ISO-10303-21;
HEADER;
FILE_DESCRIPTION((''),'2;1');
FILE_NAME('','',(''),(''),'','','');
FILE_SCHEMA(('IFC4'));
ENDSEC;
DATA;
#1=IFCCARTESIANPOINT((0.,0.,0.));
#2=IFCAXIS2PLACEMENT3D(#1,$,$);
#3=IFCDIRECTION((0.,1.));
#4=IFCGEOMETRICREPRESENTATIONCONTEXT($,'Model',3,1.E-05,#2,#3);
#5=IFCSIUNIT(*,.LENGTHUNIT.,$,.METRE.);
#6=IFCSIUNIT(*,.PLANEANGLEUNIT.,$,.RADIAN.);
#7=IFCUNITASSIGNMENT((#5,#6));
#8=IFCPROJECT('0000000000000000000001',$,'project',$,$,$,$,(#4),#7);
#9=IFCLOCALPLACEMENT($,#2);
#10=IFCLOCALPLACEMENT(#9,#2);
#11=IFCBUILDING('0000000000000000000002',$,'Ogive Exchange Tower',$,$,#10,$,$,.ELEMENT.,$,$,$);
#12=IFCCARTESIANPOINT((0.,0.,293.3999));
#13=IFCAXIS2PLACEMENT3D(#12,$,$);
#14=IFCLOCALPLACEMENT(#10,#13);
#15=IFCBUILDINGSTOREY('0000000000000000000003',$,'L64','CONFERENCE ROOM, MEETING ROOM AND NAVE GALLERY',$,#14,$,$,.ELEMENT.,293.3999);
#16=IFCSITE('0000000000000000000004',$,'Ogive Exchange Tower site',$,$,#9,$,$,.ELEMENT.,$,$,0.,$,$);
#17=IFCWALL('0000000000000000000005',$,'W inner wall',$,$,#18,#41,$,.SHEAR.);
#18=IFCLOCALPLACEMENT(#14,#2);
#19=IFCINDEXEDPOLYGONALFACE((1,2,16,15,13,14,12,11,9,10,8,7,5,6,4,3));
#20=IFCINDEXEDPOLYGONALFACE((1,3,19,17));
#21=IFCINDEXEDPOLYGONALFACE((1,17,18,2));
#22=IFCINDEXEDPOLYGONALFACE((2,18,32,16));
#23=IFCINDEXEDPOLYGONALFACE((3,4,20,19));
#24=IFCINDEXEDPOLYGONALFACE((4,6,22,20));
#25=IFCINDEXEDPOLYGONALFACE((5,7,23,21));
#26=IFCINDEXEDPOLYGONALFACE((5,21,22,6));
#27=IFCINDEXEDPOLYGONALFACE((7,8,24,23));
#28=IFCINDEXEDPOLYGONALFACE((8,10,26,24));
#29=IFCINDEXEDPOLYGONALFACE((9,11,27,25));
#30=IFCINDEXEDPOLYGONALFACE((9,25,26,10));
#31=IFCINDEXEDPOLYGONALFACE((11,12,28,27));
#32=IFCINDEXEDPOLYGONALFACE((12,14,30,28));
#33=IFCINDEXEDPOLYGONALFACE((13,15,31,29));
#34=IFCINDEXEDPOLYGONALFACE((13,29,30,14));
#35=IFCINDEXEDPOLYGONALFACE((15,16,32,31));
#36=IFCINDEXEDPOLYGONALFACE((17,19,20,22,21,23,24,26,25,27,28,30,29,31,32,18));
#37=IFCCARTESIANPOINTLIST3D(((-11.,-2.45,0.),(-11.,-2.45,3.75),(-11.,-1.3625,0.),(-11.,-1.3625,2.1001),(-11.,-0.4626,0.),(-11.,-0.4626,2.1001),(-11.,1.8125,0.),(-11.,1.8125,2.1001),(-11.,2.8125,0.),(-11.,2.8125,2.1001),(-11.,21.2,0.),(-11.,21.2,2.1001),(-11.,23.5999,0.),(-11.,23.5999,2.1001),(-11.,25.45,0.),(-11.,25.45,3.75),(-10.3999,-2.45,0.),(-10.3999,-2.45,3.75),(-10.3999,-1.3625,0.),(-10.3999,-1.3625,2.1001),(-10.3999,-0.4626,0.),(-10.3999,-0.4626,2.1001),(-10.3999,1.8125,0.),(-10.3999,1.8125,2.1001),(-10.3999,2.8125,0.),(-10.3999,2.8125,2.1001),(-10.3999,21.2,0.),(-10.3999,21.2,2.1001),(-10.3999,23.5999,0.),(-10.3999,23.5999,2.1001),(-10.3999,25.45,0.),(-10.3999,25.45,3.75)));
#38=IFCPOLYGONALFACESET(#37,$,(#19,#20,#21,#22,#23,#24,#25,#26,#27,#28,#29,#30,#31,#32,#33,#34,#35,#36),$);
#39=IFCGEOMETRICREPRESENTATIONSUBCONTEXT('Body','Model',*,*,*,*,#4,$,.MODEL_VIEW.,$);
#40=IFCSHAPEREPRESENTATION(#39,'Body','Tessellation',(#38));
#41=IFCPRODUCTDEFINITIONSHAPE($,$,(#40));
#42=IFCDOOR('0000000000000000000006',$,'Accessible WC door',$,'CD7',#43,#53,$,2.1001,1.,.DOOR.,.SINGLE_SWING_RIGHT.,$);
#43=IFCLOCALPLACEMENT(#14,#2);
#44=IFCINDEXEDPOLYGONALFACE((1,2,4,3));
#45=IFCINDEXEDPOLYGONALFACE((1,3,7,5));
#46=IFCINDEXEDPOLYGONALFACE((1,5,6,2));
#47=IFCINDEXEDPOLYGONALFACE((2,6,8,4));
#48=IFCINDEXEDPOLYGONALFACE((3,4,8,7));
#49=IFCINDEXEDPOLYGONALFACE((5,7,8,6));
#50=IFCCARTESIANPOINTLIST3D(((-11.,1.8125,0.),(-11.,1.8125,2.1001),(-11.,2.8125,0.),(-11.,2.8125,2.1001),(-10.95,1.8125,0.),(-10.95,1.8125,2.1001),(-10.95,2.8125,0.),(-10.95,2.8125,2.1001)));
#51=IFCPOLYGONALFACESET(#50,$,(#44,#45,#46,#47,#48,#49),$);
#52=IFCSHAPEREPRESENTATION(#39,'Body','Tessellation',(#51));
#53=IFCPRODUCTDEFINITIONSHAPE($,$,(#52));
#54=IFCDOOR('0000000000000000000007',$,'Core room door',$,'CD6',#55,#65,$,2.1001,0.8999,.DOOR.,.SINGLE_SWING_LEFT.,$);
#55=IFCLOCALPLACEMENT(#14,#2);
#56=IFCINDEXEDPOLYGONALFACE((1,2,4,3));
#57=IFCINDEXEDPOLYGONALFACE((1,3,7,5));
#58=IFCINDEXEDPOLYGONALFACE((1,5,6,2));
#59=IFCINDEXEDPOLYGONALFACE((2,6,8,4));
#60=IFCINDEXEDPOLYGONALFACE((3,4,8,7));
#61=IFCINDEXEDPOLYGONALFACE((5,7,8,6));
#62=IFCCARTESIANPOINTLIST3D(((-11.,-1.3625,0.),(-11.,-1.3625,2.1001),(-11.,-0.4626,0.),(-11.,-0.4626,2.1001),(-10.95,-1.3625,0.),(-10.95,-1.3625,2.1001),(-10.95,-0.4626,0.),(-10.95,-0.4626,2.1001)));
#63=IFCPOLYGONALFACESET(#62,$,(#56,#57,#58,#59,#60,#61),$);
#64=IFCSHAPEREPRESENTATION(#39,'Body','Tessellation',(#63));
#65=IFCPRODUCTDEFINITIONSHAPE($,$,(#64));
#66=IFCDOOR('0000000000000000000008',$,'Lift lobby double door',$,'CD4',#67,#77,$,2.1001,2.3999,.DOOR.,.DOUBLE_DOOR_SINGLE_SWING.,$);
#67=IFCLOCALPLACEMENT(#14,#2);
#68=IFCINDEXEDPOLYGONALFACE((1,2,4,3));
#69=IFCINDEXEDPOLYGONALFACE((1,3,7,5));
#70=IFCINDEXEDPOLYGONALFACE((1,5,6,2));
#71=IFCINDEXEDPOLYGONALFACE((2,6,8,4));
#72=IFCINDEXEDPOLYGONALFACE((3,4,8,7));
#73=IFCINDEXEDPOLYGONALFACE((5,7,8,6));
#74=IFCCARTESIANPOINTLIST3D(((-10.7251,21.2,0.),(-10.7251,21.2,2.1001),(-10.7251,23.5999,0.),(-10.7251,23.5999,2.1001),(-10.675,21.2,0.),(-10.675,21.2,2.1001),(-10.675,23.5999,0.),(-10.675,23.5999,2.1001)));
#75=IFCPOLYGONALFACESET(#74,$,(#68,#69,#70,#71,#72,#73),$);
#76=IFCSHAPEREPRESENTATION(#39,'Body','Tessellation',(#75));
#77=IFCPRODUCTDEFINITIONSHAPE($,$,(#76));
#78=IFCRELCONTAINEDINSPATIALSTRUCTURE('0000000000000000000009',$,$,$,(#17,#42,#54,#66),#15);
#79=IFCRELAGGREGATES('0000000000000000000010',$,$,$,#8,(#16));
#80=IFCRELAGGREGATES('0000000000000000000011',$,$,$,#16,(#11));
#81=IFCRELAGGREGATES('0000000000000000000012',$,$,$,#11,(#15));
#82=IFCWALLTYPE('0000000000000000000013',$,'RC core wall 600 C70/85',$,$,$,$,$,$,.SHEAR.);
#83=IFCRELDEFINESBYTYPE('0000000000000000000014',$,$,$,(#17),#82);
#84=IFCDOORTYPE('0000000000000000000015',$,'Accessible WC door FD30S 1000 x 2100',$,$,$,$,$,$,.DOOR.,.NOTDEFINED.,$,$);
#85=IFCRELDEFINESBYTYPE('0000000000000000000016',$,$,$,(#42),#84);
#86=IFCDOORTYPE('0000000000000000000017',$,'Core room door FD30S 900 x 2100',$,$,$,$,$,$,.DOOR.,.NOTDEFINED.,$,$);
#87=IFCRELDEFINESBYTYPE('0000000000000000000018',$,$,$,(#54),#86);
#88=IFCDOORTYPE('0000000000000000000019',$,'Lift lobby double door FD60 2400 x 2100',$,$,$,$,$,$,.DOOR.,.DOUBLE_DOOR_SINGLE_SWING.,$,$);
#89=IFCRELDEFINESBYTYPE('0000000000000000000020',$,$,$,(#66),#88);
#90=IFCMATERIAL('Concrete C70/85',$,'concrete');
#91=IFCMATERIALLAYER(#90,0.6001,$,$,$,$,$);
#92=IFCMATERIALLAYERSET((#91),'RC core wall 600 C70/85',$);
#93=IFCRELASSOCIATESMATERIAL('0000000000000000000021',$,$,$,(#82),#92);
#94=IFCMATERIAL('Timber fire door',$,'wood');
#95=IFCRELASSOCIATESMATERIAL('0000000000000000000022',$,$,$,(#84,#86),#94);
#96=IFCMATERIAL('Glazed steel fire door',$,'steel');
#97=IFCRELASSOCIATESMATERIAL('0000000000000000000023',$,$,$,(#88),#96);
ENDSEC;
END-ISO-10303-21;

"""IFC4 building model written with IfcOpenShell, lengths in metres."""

from ifc_helpers import new_model, si_unit, direction, frame, frame_2d, origin, place, context, subcontext, project, spatial, rectangle, extrude, material, layer, layer_set, type_object, element, fill, save


model = new_model("IFC4")

# Units and contexts
model_context = context("Model", 3, precision=1e-05, world=origin(), true_north=direction((0.0, 1.0)))
body_context = subcontext(model_context, "Body", "Model", "MODEL_VIEW")
ifc_project = project(units=[si_unit("LENGTHUNIT", "METRE"), si_unit("PLANEANGLEUNIT", "RADIAN")], contexts=[model_context])

# Site, building, storey
site_placement = place(None, origin())
site = spatial("IfcSite", under=ifc_project, at=site_placement, Name="Ogive Exchange Tower site", CompositionType="ELEMENT", RefElevation=0.0)
building_placement = place(site_placement, origin())
building = spatial("IfcBuilding", under=site, at=building_placement, Name="Ogive Exchange Tower", CompositionType="ELEMENT")
storey_placement = place(building_placement, frame((0.0, 0.0, 293.3999)))
storey = spatial("IfcBuildingStorey", under=building, at=storey_placement, Name="L64", Description="CONFERENCE ROOM, MEETING ROOM AND NAVE GALLERY", CompositionType="ELEMENT", Elevation=293.3999)

# Shared definitions
ifc_material_1 = material(Name="Concrete C70/85", Category="concrete")

# Wall, openings, doors
ifc_layer_1 = layer(ifc_material_1, 0.6001)
ifc_layer_set_1 = layer_set([ifc_layer_1], Name="RC core wall 600 C70/85")
wall_type_1 = type_object("IfcWallType", Name="RC core wall 600 C70/85", PredefinedType="SHEAR", material=ifc_layer_set_1)
wall_1_placement = place(storey_placement, frame((-10.7, -2.45, 0.0), z_axis=(0.0, 0.0, 1.0), x_axis=(0.0, 1.0, 0.0)))
wall_1 = element("IfcWall", 1, at=wall_1_placement, inside=storey, type_object=wall_type_1, Name="W inner wall", PredefinedType="SHEAR", context=body_context, shape_type="SweptSolid", body=[
    extrude(rectangle(XDim=27.8999, YDim=0.6001, at=frame_2d((13.95, 0.0))), origin(), (0.0, 0.0, 1.0), 3.75),
])
opening_1_placement = place(wall_1_placement, frame((23.6499, 0.0, 0.0)))
opening_1 = element("IfcOpeningElement", 2, at=opening_1_placement, cuts=wall_1, PredefinedType="OPENING", context=body_context, shape_type="SweptSolid", body=[
    extrude(rectangle(XDim=2.3999, YDim=2.1001, at=frame_2d((1.2, 1.05))), frame((0.0, 0.3101, 0.0), z_axis=(0.0, -1.0, 0.0), x_axis=(1.0, 0.0, 0.0)), (0.0, 0.0, 1.0), 0.6201),
])
opening_2_placement = place(wall_1_placement, frame((1.0874, 0.0, 0.0)))
opening_2 = element("IfcOpeningElement", 3, at=opening_2_placement, cuts=wall_1, PredefinedType="OPENING", context=body_context, shape_type="SweptSolid", body=[
    extrude(rectangle(XDim=0.8999, YDim=2.1001, at=frame_2d((0.45, 1.05))), frame((0.0, 0.3101, 0.0), z_axis=(0.0, -1.0, 0.0), x_axis=(1.0, 0.0, 0.0)), (0.0, 0.0, 1.0), 0.6201),
])
opening_3_placement = place(wall_1_placement, frame((4.2625, 0.0, 0.0)))
opening_3 = element("IfcOpeningElement", 4, at=opening_3_placement, cuts=wall_1, PredefinedType="OPENING", context=body_context, shape_type="SweptSolid", body=[
    extrude(rectangle(XDim=1.0, YDim=2.1001, at=frame_2d((0.5, 1.05))), frame((0.0, 0.3101, 0.0), z_axis=(0.0, -1.0, 0.0), x_axis=(1.0, 0.0, 0.0)), (0.0, 0.0, 1.0), 0.6201),
])
ifc_material_2 = material(Name="Timber fire door", Category="wood")
door_type_1 = type_object("IfcDoorType", Name="Accessible WC door FD30S 1000 x 2100", OperationType="NOTDEFINED", PredefinedType="DOOR", material=ifc_material_2)
door_1_placement = place(opening_3_placement, frame((1.0, 0.5498, 0.0), z_axis=(0.0, 0.0, 1.0), x_axis=(-1.0, 0.0, 0.0)))
door_1 = element("IfcDoor", 5, at=door_1_placement, inside=storey, type_object=door_type_1, Name="Accessible WC door", ObjectType="CD7", OperationType="SINGLE_SWING_RIGHT", OverallHeight=2.1001, OverallWidth=1.0, PredefinedType="DOOR", context=body_context, shape_type="SweptSolid", body=[
    extrude(rectangle(XDim=1.0, YDim=2.1001, at=frame_2d((0.5, 1.05))), frame((0.0, 0.2998, 0.0), z_axis=(0.0, -1.0, 0.0), x_axis=(1.0, 0.0, 0.0)), (0.0, 0.0, 1.0), 0.05),
])
fill(opening_3, door_1)
door_type_2 = type_object("IfcDoorType", Name="Core room door FD30S 900 x 2100", OperationType="NOTDEFINED", PredefinedType="DOOR", material=ifc_material_2)
door_2_placement = place(opening_2_placement, frame((0.8999, 0.5498, 0.0), z_axis=(0.0, 0.0, 1.0), x_axis=(-1.0, 0.0, 0.0)))
door_2 = element("IfcDoor", 6, at=door_2_placement, inside=storey, type_object=door_type_2, Name="Core room door", ObjectType="CD6", OperationType="SINGLE_SWING_LEFT", OverallHeight=2.1001, OverallWidth=0.8999, PredefinedType="DOOR", context=body_context, shape_type="SweptSolid", body=[
    extrude(rectangle(XDim=0.8999, YDim=2.1001, at=frame_2d((0.45, 1.05))), frame((0.0, 0.2998, 0.0), z_axis=(0.0, -1.0, 0.0), x_axis=(1.0, 0.0, 0.0)), (0.0, 0.0, 1.0), 0.05),
])
fill(opening_2, door_2)
ifc_material_3 = material(Name="Glazed steel fire door", Category="steel")
door_type_3 = type_object("IfcDoorType", Name="Lift lobby double door FD60 2400 x 2100", OperationType="DOUBLE_DOOR_SINGLE_SWING", PredefinedType="DOOR", material=ifc_material_3)
door_3_placement = place(opening_1_placement, frame((2.3999, 0.0, 0.0), z_axis=(0.0, 0.0, 1.0), x_axis=(-1.0, 0.0, 0.0)))
door_3 = element("IfcDoor", 7, at=door_3_placement, inside=storey, type_object=door_type_3, Name="Lift lobby double door", ObjectType="CD4", OperationType="DOUBLE_DOOR_SINGLE_SWING", OverallHeight=2.1001, OverallWidth=2.3999, PredefinedType="DOOR", context=body_context, shape_type="SweptSolid", body=[
    extrude(rectangle(XDim=2.3999, YDim=2.1001, at=frame_2d((1.2, 1.05))), frame((0.0, 0.0249, 0.0), z_axis=(0.0, -1.0, 0.0), x_axis=(1.0, 0.0, 0.0)), (0.0, 0.0, 1.0), 0.05),
])
fill(opening_1, door_3)

save(model, "model.ifc")
